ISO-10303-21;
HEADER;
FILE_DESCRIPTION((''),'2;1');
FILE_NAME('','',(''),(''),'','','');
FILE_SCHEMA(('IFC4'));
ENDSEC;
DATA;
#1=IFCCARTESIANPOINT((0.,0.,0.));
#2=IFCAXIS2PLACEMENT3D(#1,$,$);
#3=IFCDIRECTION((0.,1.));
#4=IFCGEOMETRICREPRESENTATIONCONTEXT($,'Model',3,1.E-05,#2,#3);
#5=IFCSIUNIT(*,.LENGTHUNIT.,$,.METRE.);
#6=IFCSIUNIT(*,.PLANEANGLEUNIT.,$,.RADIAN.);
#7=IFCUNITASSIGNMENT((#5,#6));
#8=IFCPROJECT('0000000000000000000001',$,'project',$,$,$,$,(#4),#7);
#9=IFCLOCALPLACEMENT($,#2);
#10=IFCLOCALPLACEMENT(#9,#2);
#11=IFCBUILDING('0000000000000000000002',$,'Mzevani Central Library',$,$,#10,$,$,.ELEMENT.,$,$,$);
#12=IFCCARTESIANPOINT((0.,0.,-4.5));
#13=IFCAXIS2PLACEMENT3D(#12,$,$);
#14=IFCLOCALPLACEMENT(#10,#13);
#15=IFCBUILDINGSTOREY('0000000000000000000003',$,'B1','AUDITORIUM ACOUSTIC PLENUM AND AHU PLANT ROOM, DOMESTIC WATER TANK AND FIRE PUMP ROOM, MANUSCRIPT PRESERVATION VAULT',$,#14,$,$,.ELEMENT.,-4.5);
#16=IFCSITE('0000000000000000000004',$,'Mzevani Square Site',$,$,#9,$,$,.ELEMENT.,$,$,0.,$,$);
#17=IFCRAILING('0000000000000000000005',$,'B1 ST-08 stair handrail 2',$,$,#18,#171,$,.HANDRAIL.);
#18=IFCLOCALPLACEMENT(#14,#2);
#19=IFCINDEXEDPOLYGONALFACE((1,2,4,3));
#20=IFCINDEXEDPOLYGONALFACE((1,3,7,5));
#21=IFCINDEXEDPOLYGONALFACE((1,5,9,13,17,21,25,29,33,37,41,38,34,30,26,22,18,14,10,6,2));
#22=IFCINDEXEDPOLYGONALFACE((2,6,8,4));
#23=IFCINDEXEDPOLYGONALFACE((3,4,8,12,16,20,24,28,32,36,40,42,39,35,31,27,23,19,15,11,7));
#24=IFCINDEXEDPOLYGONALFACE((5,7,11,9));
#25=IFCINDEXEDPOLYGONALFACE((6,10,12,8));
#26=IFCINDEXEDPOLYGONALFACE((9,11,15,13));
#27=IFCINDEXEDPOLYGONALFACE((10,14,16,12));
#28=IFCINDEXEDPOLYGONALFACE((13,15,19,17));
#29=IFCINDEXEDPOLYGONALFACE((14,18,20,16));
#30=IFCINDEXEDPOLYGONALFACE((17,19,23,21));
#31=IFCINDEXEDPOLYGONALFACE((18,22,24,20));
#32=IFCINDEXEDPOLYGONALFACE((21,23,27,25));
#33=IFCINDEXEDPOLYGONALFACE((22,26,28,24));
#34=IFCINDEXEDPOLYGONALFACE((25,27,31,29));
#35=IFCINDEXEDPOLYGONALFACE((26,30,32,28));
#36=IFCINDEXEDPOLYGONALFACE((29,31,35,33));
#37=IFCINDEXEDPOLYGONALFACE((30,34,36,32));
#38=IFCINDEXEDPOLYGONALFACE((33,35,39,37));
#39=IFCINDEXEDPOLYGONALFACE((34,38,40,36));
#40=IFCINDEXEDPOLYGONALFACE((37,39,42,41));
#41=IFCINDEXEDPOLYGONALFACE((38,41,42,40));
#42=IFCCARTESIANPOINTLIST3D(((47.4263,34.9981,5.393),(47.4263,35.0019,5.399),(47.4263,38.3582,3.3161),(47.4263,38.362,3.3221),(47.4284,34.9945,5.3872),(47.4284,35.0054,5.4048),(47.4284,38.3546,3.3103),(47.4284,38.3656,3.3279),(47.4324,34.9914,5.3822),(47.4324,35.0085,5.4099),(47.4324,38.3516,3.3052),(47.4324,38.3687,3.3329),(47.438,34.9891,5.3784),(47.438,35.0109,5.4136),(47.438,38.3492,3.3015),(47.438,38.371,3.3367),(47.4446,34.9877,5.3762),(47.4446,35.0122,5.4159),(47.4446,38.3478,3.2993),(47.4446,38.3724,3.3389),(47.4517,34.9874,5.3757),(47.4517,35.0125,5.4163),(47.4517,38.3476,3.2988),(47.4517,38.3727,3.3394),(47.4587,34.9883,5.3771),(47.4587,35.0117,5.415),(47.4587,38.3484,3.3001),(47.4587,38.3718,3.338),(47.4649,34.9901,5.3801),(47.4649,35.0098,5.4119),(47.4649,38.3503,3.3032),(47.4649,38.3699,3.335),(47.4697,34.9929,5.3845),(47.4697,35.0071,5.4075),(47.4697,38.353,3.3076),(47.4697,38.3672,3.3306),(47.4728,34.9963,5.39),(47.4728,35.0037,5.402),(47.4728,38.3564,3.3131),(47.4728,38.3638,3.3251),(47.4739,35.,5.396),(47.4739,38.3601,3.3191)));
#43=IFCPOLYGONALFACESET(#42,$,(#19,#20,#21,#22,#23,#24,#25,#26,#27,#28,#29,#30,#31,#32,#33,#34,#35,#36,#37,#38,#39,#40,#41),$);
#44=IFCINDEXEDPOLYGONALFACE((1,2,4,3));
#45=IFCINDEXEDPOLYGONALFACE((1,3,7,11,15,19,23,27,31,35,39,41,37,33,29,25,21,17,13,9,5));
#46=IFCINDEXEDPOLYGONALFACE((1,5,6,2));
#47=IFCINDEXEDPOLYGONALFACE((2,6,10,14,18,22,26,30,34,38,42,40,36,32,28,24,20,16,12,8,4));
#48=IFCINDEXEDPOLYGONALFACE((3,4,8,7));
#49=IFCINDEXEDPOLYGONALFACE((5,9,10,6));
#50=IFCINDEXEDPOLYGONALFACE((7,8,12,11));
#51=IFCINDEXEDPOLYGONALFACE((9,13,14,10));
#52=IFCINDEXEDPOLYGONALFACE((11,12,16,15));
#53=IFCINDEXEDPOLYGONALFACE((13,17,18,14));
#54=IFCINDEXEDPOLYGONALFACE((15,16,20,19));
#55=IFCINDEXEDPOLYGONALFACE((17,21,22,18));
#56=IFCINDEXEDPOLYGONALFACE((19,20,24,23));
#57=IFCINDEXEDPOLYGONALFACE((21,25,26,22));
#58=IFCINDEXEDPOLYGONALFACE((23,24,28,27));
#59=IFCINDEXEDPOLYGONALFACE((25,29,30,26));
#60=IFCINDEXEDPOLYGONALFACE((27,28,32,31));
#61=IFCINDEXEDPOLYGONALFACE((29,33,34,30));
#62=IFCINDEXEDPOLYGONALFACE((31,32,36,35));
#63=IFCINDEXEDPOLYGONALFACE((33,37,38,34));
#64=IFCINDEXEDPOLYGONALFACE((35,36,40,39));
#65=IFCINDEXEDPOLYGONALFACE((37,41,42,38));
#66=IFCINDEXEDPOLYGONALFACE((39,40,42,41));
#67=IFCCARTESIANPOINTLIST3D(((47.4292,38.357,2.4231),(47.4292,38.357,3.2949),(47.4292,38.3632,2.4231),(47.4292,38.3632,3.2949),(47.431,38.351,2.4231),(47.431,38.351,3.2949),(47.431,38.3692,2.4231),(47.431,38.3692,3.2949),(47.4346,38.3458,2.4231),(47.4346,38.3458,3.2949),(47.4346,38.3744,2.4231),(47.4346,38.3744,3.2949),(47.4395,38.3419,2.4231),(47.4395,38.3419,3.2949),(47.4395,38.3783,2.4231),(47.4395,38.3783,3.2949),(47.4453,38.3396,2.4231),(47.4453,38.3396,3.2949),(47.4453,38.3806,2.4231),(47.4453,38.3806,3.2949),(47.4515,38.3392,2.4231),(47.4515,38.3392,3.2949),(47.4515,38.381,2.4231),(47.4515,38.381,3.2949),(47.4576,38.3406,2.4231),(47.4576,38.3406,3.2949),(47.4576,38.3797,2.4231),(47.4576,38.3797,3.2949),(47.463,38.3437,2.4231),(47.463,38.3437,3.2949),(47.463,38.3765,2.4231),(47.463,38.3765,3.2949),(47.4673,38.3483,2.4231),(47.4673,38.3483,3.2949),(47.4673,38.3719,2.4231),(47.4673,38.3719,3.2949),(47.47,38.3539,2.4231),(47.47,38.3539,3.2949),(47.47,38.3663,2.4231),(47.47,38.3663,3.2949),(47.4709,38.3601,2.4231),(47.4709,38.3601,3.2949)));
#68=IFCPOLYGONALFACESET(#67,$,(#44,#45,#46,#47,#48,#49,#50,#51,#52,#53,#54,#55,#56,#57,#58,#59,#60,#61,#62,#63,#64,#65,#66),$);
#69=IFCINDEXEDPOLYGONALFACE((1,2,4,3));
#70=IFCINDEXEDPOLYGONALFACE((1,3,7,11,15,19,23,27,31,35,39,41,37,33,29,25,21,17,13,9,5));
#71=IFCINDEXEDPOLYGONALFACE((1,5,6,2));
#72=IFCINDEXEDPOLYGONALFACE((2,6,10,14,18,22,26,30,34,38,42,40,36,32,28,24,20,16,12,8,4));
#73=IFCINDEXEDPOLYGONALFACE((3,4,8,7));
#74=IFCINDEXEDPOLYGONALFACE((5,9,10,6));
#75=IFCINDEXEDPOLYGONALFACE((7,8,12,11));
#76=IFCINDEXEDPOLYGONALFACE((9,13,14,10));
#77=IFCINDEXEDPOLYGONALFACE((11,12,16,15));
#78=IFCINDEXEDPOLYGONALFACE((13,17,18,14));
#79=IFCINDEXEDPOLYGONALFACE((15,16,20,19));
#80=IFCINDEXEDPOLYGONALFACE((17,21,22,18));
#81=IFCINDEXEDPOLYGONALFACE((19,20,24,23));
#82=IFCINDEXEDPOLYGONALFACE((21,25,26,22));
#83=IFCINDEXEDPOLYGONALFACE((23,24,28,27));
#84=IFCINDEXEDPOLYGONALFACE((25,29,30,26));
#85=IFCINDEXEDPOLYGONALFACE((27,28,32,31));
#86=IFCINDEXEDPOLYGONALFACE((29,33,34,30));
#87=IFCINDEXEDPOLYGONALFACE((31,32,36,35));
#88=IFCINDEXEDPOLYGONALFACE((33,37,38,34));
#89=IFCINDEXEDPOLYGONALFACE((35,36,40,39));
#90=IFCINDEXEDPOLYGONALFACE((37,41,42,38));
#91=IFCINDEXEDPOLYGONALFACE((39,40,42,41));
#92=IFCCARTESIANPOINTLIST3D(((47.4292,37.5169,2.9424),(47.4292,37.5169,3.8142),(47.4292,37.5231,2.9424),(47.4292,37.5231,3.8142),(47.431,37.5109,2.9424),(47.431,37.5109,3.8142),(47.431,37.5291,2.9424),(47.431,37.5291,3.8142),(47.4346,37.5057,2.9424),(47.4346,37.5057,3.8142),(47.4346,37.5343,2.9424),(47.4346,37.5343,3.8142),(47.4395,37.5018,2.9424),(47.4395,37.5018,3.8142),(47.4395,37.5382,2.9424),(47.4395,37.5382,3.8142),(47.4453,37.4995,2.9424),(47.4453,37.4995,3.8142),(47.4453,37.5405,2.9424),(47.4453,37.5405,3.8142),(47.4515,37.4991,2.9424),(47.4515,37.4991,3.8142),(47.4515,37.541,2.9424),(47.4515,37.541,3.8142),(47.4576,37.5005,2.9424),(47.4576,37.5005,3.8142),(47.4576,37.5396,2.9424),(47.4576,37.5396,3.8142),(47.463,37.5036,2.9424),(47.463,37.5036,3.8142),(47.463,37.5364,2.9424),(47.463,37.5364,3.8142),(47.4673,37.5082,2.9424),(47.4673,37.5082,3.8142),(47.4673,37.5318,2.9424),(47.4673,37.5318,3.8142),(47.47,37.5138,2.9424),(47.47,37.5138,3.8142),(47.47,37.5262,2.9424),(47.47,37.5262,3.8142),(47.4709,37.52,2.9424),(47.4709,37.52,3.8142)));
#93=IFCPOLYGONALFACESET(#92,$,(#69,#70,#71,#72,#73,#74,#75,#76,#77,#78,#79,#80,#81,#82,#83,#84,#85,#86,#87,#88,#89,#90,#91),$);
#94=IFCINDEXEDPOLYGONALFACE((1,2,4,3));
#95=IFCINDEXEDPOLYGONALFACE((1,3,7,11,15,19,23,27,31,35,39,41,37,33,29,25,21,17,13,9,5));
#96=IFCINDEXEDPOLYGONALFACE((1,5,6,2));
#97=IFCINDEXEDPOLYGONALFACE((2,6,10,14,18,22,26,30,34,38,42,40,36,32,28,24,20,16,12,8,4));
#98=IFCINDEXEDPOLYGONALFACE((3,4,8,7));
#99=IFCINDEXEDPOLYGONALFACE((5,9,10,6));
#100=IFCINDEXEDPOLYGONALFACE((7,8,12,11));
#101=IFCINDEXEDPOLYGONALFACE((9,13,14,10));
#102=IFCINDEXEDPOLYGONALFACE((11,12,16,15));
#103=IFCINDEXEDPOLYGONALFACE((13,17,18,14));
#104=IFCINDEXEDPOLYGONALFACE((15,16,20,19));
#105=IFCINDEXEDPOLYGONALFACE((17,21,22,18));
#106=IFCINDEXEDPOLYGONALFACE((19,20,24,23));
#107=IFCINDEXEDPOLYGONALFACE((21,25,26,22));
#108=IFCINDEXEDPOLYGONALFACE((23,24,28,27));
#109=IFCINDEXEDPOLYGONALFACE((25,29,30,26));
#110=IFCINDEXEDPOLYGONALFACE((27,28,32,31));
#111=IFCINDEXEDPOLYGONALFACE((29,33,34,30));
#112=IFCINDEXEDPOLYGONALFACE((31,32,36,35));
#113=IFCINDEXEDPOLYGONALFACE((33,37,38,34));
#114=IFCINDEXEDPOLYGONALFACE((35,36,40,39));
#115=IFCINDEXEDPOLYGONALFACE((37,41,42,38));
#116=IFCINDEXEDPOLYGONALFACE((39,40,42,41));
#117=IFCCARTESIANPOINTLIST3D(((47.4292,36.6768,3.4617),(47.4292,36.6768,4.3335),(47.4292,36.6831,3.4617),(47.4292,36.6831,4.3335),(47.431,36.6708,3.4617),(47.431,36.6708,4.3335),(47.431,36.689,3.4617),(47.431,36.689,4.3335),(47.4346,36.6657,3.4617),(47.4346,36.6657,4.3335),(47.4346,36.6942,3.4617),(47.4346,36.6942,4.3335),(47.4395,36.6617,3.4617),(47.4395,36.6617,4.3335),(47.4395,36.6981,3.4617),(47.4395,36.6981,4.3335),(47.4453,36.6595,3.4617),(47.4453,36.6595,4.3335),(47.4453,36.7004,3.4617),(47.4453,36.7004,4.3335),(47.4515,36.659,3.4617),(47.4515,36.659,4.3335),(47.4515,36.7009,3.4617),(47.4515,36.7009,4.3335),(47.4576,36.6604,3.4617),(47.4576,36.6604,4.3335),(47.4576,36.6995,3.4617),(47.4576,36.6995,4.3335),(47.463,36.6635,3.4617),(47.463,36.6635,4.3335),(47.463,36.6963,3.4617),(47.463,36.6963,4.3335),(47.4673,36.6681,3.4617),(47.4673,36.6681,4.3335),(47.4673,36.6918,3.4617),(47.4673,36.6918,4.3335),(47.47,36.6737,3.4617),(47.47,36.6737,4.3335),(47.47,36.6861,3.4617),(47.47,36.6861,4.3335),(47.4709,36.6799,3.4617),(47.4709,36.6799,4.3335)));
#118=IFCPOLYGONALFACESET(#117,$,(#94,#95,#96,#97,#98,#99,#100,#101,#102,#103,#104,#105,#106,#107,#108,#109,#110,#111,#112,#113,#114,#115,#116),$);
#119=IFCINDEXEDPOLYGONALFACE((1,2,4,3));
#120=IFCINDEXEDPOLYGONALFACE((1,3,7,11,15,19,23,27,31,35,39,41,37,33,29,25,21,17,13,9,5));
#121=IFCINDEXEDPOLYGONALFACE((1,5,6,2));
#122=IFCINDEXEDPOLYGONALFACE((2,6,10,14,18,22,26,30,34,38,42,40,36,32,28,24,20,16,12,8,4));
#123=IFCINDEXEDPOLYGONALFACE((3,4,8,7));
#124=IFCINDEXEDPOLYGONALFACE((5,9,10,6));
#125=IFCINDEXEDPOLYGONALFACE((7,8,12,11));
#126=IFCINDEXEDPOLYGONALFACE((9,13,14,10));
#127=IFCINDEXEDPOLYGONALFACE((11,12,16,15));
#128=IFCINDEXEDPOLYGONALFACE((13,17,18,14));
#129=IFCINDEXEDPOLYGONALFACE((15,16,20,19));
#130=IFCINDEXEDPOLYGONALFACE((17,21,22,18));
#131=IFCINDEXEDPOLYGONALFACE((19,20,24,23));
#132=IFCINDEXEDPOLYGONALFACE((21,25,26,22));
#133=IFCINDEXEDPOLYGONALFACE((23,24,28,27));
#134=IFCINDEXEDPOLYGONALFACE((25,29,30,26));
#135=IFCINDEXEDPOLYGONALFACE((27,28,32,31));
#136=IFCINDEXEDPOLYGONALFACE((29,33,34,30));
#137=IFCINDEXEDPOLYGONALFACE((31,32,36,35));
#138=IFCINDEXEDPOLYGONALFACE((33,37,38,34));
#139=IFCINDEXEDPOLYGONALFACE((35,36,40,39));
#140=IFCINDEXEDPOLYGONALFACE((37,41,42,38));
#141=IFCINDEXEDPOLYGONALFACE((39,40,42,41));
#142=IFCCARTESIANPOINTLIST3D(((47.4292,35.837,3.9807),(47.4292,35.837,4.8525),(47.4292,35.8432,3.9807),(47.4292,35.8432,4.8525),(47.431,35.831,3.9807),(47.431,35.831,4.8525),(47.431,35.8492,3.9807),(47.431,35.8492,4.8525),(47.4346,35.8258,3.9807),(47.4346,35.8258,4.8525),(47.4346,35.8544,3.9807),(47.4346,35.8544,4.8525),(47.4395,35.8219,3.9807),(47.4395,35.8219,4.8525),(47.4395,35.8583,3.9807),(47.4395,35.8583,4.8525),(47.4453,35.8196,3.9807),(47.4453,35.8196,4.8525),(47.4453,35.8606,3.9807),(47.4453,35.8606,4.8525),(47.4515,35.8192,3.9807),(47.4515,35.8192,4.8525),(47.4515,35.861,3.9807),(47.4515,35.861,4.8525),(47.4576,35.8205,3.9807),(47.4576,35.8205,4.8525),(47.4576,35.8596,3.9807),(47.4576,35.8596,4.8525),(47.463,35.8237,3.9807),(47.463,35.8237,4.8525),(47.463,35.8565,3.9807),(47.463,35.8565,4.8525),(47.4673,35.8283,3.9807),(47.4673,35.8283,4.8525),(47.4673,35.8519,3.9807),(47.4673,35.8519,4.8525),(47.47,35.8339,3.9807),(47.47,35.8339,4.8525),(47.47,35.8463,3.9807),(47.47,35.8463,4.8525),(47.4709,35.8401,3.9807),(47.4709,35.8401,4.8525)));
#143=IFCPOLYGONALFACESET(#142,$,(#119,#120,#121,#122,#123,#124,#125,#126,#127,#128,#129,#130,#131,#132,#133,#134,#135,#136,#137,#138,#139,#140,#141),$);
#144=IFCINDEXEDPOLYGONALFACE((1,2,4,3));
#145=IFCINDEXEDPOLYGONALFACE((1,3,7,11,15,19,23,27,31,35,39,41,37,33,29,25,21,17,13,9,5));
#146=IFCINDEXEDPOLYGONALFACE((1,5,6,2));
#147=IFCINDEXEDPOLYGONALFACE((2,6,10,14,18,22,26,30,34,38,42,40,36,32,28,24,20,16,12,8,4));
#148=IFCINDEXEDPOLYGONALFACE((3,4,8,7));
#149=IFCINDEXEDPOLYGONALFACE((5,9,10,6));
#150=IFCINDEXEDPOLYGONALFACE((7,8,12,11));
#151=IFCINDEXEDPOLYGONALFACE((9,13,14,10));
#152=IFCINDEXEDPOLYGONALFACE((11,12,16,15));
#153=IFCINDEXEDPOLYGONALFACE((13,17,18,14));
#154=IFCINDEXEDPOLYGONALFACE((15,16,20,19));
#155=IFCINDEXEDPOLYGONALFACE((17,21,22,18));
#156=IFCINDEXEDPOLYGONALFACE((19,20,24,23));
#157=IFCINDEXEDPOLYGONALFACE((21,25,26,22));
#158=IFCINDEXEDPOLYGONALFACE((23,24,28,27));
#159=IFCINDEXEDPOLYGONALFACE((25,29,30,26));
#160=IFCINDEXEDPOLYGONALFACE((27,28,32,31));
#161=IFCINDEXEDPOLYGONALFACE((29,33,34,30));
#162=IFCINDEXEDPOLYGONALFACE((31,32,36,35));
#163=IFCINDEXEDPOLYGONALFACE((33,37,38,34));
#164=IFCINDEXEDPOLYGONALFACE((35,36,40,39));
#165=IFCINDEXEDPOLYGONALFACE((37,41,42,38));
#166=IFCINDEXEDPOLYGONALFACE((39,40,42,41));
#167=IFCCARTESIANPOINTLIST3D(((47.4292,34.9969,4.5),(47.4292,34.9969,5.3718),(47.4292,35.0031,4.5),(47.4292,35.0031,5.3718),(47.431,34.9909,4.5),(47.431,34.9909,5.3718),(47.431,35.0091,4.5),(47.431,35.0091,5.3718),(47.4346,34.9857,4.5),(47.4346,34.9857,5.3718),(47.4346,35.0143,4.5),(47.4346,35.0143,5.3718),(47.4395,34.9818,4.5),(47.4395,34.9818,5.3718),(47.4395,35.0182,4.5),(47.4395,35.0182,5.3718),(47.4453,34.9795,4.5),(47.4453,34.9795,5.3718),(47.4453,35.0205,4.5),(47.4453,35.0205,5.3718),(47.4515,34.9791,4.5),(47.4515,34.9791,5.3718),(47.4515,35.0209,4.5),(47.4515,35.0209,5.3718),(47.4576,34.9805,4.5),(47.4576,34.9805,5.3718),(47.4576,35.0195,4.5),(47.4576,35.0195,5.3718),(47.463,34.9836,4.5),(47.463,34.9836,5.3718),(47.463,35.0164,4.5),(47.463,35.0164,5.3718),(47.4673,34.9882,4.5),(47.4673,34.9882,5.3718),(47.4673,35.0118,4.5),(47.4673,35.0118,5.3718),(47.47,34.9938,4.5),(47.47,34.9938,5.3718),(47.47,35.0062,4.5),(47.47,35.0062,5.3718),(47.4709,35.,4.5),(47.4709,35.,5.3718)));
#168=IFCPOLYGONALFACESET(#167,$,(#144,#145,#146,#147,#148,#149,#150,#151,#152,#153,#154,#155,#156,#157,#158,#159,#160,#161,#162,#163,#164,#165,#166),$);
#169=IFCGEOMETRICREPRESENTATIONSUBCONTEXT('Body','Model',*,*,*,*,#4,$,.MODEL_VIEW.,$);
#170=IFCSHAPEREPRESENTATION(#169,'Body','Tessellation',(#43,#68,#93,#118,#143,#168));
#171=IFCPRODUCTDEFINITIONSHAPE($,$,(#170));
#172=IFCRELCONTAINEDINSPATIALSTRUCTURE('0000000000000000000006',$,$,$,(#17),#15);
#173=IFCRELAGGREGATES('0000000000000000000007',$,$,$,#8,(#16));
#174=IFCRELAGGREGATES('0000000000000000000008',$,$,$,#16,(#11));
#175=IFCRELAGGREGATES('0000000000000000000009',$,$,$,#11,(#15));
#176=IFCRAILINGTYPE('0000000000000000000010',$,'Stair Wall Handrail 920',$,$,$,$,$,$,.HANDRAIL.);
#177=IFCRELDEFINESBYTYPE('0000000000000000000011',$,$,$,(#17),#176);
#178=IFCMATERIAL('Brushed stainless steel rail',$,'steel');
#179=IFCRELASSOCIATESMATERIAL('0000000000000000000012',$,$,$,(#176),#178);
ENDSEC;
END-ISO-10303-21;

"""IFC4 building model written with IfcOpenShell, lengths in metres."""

from ifc_helpers import new_model, si_unit, direction, frame, origin, origin_2d, place, context, subcontext, project, spatial, circle, extrude, material, type_object, element, save


model = new_model("IFC4")

# Units and contexts
model_context = context("Model", 3, precision=1e-05, world=origin(), true_north=direction((0.0, 1.0)))
body_context = subcontext(model_context, "Body", "Model", "MODEL_VIEW")
ifc_project = project(units=[si_unit("LENGTHUNIT", "METRE"), si_unit("PLANEANGLEUNIT", "RADIAN")], contexts=[model_context])

# Site, building, storey
site_placement = place(None, origin())
site = spatial("IfcSite", under=ifc_project, at=site_placement, Name="Mzevani Square Site", CompositionType="ELEMENT", RefElevation=0.0)
building_placement = place(site_placement, origin())
building = spatial("IfcBuilding", under=site, at=building_placement, Name="Mzevani Central Library", CompositionType="ELEMENT")
storey_placement = place(building_placement, frame((0.0, 0.0, -4.5)))
storey = spatial("IfcBuildingStorey", under=building, at=storey_placement, Name="B1", Description="AUDITORIUM ACOUSTIC PLENUM AND AHU PLANT ROOM, DOMESTIC WATER TANK AND FIRE PUMP ROOM, MANUSCRIPT PRESERVATION VAULT", CompositionType="ELEMENT", Elevation=-4.5)

# Railing
ifc_material_1 = material(Name="Brushed stainless steel rail", Category="steel")
railing_type_1 = type_object("IfcRailingType", Name="Stair Wall Handrail 920", PredefinedType="HANDRAIL", material=ifc_material_1)
railing_1_placement = place(storey_placement, frame((47.45, 38.3601, 2.4231)))
element("IfcRailing", 1, at=railing_1_placement, inside=storey, type_object=railing_type_1, Name="B1 ST-08 stair handrail 2", PredefinedType="HANDRAIL", context=body_context, shape_type="SweptSolid", body=[
    extrude(circle(Radius=0.0239, at=origin_2d()), frame((0.0, 0.0, 0.896), z_axis=(0.0, -0.850623, 0.525776), x_axis=(1.0, 0.0, 0.0)), (0.0, 0.0, 1.0), 3.9502),
    extrude(circle(Radius=0.021, at=origin_2d()), origin(), (0.0, 0.0, 1.0), 0.8718),
    extrude(circle(Radius=0.021, at=origin_2d()), frame((0.0, -0.8401, 0.5193)), (0.0, 0.0, 1.0), 0.8718),
    extrude(circle(Radius=0.021, at=origin_2d()), frame((0.0, -1.6802, 1.0386)), (0.0, 0.0, 1.0), 0.8718),
    extrude(circle(Radius=0.021, at=origin_2d()), frame((0.0, -2.52, 1.5576)), (0.0, 0.0, 1.0), 0.8718),
    extrude(circle(Radius=0.021, at=origin_2d()), frame((0.0, -3.3601, 2.0769)), (0.0, 0.0, 1.0), 0.8718),
])

save(model, "model.ifc")
